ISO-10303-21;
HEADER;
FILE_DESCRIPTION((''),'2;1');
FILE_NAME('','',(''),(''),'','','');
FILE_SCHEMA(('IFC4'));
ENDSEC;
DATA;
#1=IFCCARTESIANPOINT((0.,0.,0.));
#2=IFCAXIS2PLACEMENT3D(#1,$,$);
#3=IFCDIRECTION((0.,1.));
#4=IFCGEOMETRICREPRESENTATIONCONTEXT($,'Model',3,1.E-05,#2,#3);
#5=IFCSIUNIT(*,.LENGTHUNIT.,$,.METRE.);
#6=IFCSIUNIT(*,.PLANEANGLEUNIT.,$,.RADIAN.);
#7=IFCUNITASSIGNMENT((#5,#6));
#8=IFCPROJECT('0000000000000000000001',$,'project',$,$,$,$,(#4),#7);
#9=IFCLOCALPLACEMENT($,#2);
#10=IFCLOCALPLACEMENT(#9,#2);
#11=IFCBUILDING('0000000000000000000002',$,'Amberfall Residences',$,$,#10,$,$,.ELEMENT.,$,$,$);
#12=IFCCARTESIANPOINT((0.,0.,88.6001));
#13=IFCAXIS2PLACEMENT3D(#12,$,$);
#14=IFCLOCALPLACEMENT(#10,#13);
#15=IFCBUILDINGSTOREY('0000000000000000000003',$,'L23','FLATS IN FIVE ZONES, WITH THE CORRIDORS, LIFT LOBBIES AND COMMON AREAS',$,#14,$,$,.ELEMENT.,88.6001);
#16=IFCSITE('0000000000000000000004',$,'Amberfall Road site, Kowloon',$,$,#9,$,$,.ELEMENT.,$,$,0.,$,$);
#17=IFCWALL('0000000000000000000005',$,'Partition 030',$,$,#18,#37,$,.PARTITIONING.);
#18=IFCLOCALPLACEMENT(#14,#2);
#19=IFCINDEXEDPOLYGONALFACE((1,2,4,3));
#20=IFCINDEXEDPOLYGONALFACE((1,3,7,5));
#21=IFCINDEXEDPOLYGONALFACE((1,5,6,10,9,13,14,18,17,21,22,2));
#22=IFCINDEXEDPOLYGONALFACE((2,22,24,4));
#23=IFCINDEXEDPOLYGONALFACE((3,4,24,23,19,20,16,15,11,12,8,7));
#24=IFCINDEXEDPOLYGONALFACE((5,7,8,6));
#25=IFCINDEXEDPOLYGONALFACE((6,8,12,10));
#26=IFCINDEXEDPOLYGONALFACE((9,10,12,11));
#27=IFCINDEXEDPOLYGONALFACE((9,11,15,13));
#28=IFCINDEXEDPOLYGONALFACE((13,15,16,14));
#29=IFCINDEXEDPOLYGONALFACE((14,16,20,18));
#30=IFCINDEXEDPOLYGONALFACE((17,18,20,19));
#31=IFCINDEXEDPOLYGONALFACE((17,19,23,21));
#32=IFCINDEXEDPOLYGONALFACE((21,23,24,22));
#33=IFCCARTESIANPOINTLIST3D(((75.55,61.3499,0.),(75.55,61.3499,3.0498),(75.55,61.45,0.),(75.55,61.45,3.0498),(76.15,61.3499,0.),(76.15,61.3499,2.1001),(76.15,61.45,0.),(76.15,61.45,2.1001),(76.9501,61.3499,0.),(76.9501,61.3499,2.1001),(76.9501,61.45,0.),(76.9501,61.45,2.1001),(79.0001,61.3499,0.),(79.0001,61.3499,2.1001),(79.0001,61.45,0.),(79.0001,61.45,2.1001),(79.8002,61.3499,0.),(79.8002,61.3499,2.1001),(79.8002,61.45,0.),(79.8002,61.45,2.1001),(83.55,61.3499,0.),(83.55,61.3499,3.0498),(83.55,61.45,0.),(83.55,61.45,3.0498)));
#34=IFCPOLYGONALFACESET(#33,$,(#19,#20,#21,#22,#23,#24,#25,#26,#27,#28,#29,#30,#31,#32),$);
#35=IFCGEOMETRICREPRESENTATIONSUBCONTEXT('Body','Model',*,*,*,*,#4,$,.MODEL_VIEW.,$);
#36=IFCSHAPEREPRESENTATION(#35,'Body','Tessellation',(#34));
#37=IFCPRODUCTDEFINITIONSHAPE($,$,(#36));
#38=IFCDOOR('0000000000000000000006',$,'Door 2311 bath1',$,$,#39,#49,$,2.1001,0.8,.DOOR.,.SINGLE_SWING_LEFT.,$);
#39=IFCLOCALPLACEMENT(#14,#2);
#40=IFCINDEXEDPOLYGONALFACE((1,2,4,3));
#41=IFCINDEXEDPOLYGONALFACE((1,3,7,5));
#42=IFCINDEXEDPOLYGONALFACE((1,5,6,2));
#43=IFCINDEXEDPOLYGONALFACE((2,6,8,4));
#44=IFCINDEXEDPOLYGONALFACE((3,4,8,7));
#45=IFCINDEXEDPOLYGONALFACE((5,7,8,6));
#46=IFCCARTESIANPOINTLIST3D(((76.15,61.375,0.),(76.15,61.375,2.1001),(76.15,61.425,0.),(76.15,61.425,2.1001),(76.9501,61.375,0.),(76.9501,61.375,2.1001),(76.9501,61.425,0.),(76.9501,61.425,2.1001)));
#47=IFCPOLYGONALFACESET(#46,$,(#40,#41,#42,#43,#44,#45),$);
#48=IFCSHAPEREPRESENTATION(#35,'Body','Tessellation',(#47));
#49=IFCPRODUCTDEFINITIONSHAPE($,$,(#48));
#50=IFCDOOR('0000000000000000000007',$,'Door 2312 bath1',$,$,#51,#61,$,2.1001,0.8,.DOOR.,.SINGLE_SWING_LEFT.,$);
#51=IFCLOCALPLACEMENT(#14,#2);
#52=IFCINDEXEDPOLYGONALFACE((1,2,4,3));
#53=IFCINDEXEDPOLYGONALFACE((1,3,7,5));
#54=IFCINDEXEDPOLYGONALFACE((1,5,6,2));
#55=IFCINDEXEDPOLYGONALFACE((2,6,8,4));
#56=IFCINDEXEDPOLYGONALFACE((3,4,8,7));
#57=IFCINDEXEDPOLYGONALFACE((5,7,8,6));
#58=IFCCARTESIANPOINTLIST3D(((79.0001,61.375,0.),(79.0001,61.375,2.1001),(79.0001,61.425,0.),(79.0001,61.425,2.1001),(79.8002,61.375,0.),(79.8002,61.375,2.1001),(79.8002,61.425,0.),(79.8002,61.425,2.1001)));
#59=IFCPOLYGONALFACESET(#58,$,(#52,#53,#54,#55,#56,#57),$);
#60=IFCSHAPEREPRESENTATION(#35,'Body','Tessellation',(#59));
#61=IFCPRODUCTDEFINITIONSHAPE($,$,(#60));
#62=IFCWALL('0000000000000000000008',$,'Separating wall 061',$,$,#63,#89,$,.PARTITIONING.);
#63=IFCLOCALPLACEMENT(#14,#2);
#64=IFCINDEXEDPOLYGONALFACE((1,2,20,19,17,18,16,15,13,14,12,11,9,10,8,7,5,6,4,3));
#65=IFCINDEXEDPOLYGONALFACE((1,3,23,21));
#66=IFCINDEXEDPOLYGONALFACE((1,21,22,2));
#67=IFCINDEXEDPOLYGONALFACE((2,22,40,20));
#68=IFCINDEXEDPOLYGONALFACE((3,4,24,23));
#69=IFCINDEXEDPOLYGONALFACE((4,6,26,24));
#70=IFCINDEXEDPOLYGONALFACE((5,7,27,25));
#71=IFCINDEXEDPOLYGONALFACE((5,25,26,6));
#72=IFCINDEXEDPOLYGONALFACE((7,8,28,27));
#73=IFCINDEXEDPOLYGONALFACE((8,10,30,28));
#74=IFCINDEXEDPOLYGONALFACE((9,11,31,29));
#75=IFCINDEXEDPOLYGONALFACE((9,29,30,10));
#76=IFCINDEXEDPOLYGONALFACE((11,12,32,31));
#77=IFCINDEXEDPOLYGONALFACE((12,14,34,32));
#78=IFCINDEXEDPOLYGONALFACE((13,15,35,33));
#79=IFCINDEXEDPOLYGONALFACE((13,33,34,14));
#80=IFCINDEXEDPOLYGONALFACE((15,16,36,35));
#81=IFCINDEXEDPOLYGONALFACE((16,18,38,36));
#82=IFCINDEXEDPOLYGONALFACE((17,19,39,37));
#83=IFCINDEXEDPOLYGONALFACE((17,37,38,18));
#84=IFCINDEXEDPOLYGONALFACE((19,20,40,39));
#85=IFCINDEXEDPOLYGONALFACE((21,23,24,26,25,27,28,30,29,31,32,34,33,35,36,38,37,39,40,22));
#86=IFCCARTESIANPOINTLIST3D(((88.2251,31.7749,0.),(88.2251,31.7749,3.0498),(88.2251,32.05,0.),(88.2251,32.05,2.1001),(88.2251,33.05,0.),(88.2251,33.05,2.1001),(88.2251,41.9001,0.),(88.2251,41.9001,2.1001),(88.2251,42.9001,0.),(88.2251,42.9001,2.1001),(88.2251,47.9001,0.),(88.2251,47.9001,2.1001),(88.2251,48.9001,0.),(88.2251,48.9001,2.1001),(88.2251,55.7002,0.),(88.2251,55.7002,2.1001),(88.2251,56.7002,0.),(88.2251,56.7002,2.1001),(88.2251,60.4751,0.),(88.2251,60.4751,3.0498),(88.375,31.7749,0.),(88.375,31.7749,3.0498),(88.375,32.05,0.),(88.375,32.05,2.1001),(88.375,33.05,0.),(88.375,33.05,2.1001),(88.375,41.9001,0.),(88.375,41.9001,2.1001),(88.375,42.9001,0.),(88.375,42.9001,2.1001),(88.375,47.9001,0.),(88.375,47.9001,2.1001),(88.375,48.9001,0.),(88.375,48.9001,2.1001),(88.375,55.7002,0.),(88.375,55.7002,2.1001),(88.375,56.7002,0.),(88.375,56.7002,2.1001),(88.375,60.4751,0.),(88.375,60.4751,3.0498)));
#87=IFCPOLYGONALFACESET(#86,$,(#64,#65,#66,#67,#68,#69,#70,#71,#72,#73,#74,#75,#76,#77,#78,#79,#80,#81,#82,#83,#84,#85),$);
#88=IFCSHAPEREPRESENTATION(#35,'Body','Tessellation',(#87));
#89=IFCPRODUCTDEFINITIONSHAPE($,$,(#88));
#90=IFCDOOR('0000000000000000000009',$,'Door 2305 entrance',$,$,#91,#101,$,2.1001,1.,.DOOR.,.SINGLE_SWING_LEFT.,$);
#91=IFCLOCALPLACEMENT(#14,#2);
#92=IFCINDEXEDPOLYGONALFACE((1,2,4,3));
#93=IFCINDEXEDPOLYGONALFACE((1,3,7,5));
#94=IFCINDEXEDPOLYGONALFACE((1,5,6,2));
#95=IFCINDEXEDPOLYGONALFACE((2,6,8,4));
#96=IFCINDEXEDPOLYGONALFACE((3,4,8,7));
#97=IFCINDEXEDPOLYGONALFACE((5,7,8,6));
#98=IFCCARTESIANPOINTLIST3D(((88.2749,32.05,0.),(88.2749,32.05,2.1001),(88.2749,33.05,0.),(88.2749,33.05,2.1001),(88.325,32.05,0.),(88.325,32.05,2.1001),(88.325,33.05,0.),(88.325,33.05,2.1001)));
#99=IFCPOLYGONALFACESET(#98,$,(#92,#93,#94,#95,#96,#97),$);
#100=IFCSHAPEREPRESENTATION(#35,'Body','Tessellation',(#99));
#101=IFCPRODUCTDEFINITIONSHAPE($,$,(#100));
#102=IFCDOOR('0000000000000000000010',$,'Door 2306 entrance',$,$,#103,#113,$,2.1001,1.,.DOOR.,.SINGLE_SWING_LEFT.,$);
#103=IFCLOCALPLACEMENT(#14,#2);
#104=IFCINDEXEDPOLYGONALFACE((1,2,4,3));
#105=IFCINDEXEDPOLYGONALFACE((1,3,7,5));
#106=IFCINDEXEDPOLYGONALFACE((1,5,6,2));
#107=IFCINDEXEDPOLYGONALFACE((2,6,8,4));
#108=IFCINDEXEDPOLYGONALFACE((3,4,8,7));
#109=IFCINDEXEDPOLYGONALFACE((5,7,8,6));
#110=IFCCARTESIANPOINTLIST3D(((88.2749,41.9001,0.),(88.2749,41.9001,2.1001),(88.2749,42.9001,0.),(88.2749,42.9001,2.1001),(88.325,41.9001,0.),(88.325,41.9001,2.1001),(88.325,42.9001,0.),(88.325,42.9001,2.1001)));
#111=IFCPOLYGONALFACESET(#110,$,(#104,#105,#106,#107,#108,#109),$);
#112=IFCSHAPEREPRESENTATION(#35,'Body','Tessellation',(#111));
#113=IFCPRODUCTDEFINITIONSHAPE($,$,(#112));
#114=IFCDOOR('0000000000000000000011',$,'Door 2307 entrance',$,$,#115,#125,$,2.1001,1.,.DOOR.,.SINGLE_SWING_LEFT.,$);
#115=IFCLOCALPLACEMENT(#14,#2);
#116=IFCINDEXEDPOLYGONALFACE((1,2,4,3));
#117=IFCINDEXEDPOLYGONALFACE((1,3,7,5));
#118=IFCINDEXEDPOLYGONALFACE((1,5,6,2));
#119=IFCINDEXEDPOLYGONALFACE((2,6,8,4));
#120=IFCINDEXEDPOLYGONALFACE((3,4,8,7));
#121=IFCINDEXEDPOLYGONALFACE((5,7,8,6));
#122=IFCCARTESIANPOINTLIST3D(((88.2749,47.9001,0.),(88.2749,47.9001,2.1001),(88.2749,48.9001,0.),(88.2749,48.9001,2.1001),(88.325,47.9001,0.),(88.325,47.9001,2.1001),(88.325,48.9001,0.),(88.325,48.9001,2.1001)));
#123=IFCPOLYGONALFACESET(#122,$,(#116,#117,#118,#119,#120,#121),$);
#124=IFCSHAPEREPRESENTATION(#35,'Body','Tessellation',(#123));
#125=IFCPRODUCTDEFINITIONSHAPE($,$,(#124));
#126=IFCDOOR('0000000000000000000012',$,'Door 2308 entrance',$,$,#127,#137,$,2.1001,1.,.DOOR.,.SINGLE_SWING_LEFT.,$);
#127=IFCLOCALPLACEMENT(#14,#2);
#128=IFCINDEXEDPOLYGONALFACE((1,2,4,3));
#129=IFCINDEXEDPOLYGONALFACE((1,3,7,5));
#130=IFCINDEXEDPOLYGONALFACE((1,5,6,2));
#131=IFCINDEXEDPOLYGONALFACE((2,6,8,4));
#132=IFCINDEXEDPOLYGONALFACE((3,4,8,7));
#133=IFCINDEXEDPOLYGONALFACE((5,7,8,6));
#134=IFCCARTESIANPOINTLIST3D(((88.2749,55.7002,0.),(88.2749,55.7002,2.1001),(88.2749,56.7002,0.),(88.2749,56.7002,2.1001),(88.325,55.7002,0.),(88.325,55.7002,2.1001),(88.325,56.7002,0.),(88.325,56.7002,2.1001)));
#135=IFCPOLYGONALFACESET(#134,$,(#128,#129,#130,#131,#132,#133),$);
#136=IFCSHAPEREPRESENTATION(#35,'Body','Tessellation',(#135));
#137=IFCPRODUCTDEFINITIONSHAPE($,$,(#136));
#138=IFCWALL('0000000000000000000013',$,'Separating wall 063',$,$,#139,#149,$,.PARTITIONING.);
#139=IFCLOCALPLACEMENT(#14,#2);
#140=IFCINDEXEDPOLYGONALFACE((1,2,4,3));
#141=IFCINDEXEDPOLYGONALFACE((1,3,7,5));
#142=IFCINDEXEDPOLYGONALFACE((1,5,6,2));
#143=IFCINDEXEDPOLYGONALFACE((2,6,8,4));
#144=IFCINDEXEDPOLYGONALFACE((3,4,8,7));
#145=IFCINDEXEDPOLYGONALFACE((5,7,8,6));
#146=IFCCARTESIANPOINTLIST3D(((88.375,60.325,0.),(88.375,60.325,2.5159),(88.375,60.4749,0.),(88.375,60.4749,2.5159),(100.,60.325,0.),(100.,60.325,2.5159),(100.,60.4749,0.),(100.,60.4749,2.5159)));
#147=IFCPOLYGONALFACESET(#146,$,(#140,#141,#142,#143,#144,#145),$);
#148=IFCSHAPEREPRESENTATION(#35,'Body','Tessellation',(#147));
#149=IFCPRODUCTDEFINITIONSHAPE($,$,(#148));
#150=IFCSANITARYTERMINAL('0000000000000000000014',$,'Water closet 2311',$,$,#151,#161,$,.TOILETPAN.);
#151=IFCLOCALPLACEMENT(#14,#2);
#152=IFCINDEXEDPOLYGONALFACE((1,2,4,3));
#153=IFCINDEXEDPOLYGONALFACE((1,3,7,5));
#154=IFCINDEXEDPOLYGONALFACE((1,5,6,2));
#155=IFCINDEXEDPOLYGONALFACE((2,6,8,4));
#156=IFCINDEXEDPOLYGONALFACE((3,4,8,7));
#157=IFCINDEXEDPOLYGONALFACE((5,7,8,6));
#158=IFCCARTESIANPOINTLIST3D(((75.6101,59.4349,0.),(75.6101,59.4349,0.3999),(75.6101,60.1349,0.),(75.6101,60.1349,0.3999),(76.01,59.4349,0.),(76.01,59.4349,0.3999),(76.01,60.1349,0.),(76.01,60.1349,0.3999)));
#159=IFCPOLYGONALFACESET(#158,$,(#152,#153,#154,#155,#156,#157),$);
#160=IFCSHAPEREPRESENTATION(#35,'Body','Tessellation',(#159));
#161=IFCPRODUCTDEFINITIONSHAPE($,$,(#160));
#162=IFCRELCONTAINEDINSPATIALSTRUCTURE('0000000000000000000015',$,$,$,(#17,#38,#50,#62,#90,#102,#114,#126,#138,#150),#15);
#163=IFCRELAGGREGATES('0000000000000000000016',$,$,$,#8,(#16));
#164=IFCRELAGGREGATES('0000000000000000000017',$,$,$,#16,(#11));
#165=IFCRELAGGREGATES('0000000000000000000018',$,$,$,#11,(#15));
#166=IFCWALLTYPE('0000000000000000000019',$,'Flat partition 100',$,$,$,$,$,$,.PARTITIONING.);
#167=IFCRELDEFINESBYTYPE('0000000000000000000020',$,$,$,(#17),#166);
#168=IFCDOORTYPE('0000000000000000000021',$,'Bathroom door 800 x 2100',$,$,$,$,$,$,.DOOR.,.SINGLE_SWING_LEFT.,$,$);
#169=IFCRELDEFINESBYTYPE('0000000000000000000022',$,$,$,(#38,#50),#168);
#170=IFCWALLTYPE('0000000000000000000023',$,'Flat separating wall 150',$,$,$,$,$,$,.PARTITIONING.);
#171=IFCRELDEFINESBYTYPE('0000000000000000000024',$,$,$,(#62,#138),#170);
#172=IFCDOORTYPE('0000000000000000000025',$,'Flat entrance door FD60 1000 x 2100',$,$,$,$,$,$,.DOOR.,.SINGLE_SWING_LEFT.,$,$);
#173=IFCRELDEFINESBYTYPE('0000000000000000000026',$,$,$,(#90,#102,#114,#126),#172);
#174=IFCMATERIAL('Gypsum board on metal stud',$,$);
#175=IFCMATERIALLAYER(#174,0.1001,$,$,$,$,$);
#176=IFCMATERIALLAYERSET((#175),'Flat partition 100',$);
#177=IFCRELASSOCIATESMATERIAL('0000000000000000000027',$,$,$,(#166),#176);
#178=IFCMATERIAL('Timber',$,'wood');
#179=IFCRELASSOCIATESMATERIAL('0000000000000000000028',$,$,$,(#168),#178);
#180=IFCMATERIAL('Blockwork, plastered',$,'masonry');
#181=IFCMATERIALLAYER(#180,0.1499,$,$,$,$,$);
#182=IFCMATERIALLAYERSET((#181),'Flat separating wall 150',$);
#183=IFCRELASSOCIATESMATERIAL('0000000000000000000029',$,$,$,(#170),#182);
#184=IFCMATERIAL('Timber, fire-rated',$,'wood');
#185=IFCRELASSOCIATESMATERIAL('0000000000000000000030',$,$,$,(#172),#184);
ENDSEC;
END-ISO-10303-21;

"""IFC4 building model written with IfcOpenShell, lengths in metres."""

from ifc_helpers import new_model, si_unit, direction, frame, frame_2d, origin, origin_2d, place, context, subcontext, project, spatial, rectangle, extrude, material, layer, layer_set, type_object, element, fill, save


model = new_model("IFC4")

# Units and contexts
model_context = context("Model", 3, precision=1e-05, world=origin(), true_north=direction((0.0, 1.0)))
body_context = subcontext(model_context, "Body", "Model", "MODEL_VIEW")
ifc_project = project(units=[si_unit("LENGTHUNIT", "METRE"), si_unit("PLANEANGLEUNIT", "RADIAN")], contexts=[model_context])

# Site, building, storey
site_placement = place(None, origin())
site = spatial("IfcSite", under=ifc_project, at=site_placement, Name="Amberfall Road site, Kowloon", CompositionType="ELEMENT", RefElevation=0.0)
building_placement = place(site_placement, origin())
building = spatial("IfcBuilding", under=site, at=building_placement, Name="Amberfall Residences", CompositionType="ELEMENT")
storey_placement = place(building_placement, frame((0.0, 0.0, 88.6001)))
storey = spatial("IfcBuildingStorey", under=building, at=storey_placement, Name="L23", Description="FLATS IN FIVE ZONES, WITH THE CORRIDORS, LIFT LOBBIES AND COMMON AREAS", CompositionType="ELEMENT", Elevation=88.6001)

# Shared definitions
ifc_material_1 = material(Name="Gypsum board on metal stud")
ifc_layer_1 = layer(ifc_material_1, 0.1001)
ifc_layer_set_1 = layer_set([ifc_layer_1], Name="Flat partition 100")
wall_type_1 = type_object("IfcWallType", Name="Flat partition 100", PredefinedType="PARTITIONING", material=ifc_layer_set_1)
ifc_material_2 = material(Name="Timber", Category="wood")
door_type_1 = type_object("IfcDoorType", Name="Bathroom door 800 x 2100", OperationType="SINGLE_SWING_LEFT", PredefinedType="DOOR", material=ifc_material_2)

# Walls, openings, doors
wall_1_placement = place(storey_placement, frame((83.55, 61.3999, 0.0), z_axis=(0.0, 0.0, 1.0), x_axis=(-1.0, 0.0, 0.0)))
wall_1 = element("IfcWall", 1, at=wall_1_placement, inside=storey, type_object=wall_type_1, Name="Partition 030", PredefinedType="PARTITIONING", context=body_context, shape_type="SweptSolid", body=[
    extrude(rectangle(XDim=8.0, YDim=0.1001, at=frame_2d((4.0, 0.0))), origin(), (0.0, 0.0, 1.0), 3.0498),
])
opening_1_placement = place(wall_1_placement, frame((6.6001, 0.0, 0.0)))
opening_1 = element("IfcOpeningElement", 2, at=opening_1_placement, cuts=wall_1, PredefinedType="OPENING", context=body_context, shape_type="SweptSolid", body=[
    extrude(rectangle(XDim=0.8, YDim=2.1001, at=frame_2d((0.3999, 1.05))), frame((0.0, 0.0601, 0.0), z_axis=(0.0, -1.0, 0.0), x_axis=(1.0, 0.0, 0.0)), (0.0, 0.0, 1.0), 0.1201),
])
opening_2_placement = place(wall_1_placement, frame((3.75, 0.0, 0.0)))
opening_2 = element("IfcOpeningElement", 3, at=opening_2_placement, cuts=wall_1, PredefinedType="OPENING", context=body_context, shape_type="SweptSolid", body=[
    extrude(rectangle(XDim=0.8, YDim=2.1001, at=frame_2d((0.3999, 1.05))), frame((0.0, 0.0601, 0.0), z_axis=(0.0, -1.0, 0.0), x_axis=(1.0, 0.0, 0.0)), (0.0, 0.0, 1.0), 0.1201),
])
door_1_placement = place(opening_1_placement, origin())
door_1 = element("IfcDoor", 4, at=door_1_placement, inside=storey, type_object=door_type_1, Name="Door 2311 bath1", OperationType="SINGLE_SWING_LEFT", OverallHeight=2.1001, OverallWidth=0.8, PredefinedType="DOOR", context=body_context, shape_type="SweptSolid", body=[
    extrude(rectangle(XDim=0.8, YDim=2.1001, at=frame_2d((0.3999, 1.05))), frame((0.0, 0.0249, 0.0), z_axis=(0.0, -1.0, 0.0), x_axis=(1.0, 0.0, 0.0)), (0.0, 0.0, 1.0), 0.05),
])
fill(opening_1, door_1)
door_2_placement = place(opening_2_placement, origin())
door_2 = element("IfcDoor", 5, at=door_2_placement, inside=storey, type_object=door_type_1, Name="Door 2312 bath1", OperationType="SINGLE_SWING_LEFT", OverallHeight=2.1001, OverallWidth=0.8, PredefinedType="DOOR", context=body_context, shape_type="SweptSolid", body=[
    extrude(rectangle(XDim=0.8, YDim=2.1001, at=frame_2d((0.3999, 1.05))), frame((0.0, 0.0249, 0.0), z_axis=(0.0, -1.0, 0.0), x_axis=(1.0, 0.0, 0.0)), (0.0, 0.0, 1.0), 0.05),
])
fill(opening_2, door_2)
ifc_material_3 = material(Name="Blockwork, plastered", Category="masonry")
ifc_layer_2 = layer(ifc_material_3, 0.1499)
ifc_layer_set_2 = layer_set([ifc_layer_2], Name="Flat separating wall 150")
wall_type_2 = type_object("IfcWallType", Name="Flat separating wall 150", PredefinedType="PARTITIONING", material=ifc_layer_set_2)
wall_2_placement = place(storey_placement, frame((88.3, 60.4751, 0.0), z_axis=(0.0, 0.0, 1.0), x_axis=(0.0, -1.0, 0.0)))
wall_2 = element("IfcWall", 6, at=wall_2_placement, inside=storey, type_object=wall_type_2, Name="Separating wall 061", PredefinedType="PARTITIONING", context=body_context, shape_type="SweptSolid", body=[
    extrude(rectangle(XDim=28.7002, YDim=0.1499, at=frame_2d((14.3501, 0.0))), origin(), (0.0, 0.0, 1.0), 3.0498),
])
opening_3_placement = place(wall_2_placement, frame((27.425, 0.0, 0.0)))
opening_3 = element("IfcOpeningElement", 7, at=opening_3_placement, cuts=wall_2, PredefinedType="OPENING", context=body_context, shape_type="SweptSolid", body=[
    extrude(rectangle(XDim=1.0, YDim=2.1001, at=frame_2d((0.5, 1.05))), frame((0.0, 0.085, 0.0), z_axis=(0.0, -1.0, 0.0), x_axis=(1.0, 0.0, 0.0)), (0.0, 0.0, 1.0), 0.1699),
])
opening_4_placement = place(wall_2_placement, frame((17.575, 0.0, 0.0)))
opening_4 = element("IfcOpeningElement", 8, at=opening_4_placement, cuts=wall_2, PredefinedType="OPENING", context=body_context, shape_type="SweptSolid", body=[
    extrude(rectangle(XDim=1.0, YDim=2.1001, at=frame_2d((0.5, 1.05))), frame((0.0, 0.085, 0.0), z_axis=(0.0, -1.0, 0.0), x_axis=(1.0, 0.0, 0.0)), (0.0, 0.0, 1.0), 0.1699),
])
opening_5_placement = place(wall_2_placement, frame((11.575, 0.0, 0.0)))
opening_5 = element("IfcOpeningElement", 9, at=opening_5_placement, cuts=wall_2, PredefinedType="OPENING", context=body_context, shape_type="SweptSolid", body=[
    extrude(rectangle(XDim=1.0, YDim=2.1001, at=frame_2d((0.5, 1.05))), frame((0.0, 0.085, 0.0), z_axis=(0.0, -1.0, 0.0), x_axis=(1.0, 0.0, 0.0)), (0.0, 0.0, 1.0), 0.1699),
])
opening_6_placement = place(wall_2_placement, frame((3.7749, 0.0, 0.0)))
opening_6 = element("IfcOpeningElement", 10, at=opening_6_placement, cuts=wall_2, PredefinedType="OPENING", context=body_context, shape_type="SweptSolid", body=[
    extrude(rectangle(XDim=1.0, YDim=2.1001, at=frame_2d((0.5, 1.05))), frame((0.0, 0.085, 0.0), z_axis=(0.0, -1.0, 0.0), x_axis=(1.0, 0.0, 0.0)), (0.0, 0.0, 1.0), 0.1699),
])
ifc_material_4 = material(Name="Timber, fire-rated", Category="wood")
door_type_2 = type_object("IfcDoorType", Name="Flat entrance door FD60 1000 x 2100", OperationType="SINGLE_SWING_LEFT", PredefinedType="DOOR", material=ifc_material_4)
door_3_placement = place(opening_3_placement, origin())
door_3 = element("IfcDoor", 11, at=door_3_placement, inside=storey, type_object=door_type_2, Name="Door 2305 entrance", OperationType="SINGLE_SWING_LEFT", OverallHeight=2.1001, OverallWidth=1.0, PredefinedType="DOOR", context=body_context, shape_type="SweptSolid", body=[
    extrude(rectangle(XDim=1.0, YDim=2.1001, at=frame_2d((0.5, 1.05))), frame((0.0, 0.0249, 0.0), z_axis=(0.0, -1.0, 0.0), x_axis=(1.0, 0.0, 0.0)), (0.0, 0.0, 1.0), 0.05),
])
fill(opening_3, door_3)
door_4_placement = place(opening_4_placement, origin())
door_4 = element("IfcDoor", 12, at=door_4_placement, inside=storey, type_object=door_type_2, Name="Door 2306 entrance", OperationType="SINGLE_SWING_LEFT", OverallHeight=2.1001, OverallWidth=1.0, PredefinedType="DOOR", context=body_context, shape_type="SweptSolid", body=[
    extrude(rectangle(XDim=1.0, YDim=2.1001, at=frame_2d((0.5, 1.05))), frame((0.0, 0.0249, 0.0), z_axis=(0.0, -1.0, 0.0), x_axis=(1.0, 0.0, 0.0)), (0.0, 0.0, 1.0), 0.05),
])
fill(opening_4, door_4)
door_5_placement = place(opening_5_placement, origin())
door_5 = element("IfcDoor", 13, at=door_5_placement, inside=storey, type_object=door_type_2, Name="Door 2307 entrance", OperationType="SINGLE_SWING_LEFT", OverallHeight=2.1001, OverallWidth=1.0, PredefinedType="DOOR", context=body_context, shape_type="SweptSolid", body=[
    extrude(rectangle(XDim=1.0, YDim=2.1001, at=frame_2d((0.5, 1.05))), frame((0.0, 0.0249, 0.0), z_axis=(0.0, -1.0, 0.0), x_axis=(1.0, 0.0, 0.0)), (0.0, 0.0, 1.0), 0.05),
])
fill(opening_5, door_5)
door_6_placement = place(opening_6_placement, origin())
door_6 = element("IfcDoor", 14, at=door_6_placement, inside=storey, type_object=door_type_2, Name="Door 2308 entrance", OperationType="SINGLE_SWING_LEFT", OverallHeight=2.1001, OverallWidth=1.0, PredefinedType="DOOR", context=body_context, shape_type="SweptSolid", body=[
    extrude(rectangle(XDim=1.0, YDim=2.1001, at=frame_2d((0.5, 1.05))), frame((0.0, 0.0249, 0.0), z_axis=(0.0, -1.0, 0.0), x_axis=(1.0, 0.0, 0.0)), (0.0, 0.0, 1.0), 0.05),
])
fill(opening_6, door_6)

# Wall
wall_3_placement = place(storey_placement, frame((88.375, 60.3999, 0.0), z_axis=(0.0, 0.0, 1.0), x_axis=(1.0, 0.0, 0.0)))
element("IfcWall", 15, at=wall_3_placement, inside=storey, type_object=wall_type_2, Name="Separating wall 063", PredefinedType="PARTITIONING", context=body_context, shape_type="SweptSolid", body=[
    extrude(rectangle(XDim=11.625, YDim=0.1499, at=frame_2d((5.8125, 0.0))), origin(), (0.0, 0.0, 1.0), 2.5159),
])

# Sanitary terminal
sanitary_terminal_1_placement = place(storey_placement, frame((75.8101, 59.7849, 0.0), z_axis=(0.0, 0.0, 1.0), x_axis=(1.0, 0.0, 0.0)))
element("IfcSanitaryTerminal", 16, at=sanitary_terminal_1_placement, inside=storey, Name="Water closet 2311", PredefinedType="TOILETPAN", context=body_context, shape_type="SweptSolid", body=[
    extrude(rectangle(XDim=0.3999, YDim=0.7, at=origin_2d()), origin(), (0.0, 0.0, 1.0), 0.3999),
])

save(model, "model.ifc")
